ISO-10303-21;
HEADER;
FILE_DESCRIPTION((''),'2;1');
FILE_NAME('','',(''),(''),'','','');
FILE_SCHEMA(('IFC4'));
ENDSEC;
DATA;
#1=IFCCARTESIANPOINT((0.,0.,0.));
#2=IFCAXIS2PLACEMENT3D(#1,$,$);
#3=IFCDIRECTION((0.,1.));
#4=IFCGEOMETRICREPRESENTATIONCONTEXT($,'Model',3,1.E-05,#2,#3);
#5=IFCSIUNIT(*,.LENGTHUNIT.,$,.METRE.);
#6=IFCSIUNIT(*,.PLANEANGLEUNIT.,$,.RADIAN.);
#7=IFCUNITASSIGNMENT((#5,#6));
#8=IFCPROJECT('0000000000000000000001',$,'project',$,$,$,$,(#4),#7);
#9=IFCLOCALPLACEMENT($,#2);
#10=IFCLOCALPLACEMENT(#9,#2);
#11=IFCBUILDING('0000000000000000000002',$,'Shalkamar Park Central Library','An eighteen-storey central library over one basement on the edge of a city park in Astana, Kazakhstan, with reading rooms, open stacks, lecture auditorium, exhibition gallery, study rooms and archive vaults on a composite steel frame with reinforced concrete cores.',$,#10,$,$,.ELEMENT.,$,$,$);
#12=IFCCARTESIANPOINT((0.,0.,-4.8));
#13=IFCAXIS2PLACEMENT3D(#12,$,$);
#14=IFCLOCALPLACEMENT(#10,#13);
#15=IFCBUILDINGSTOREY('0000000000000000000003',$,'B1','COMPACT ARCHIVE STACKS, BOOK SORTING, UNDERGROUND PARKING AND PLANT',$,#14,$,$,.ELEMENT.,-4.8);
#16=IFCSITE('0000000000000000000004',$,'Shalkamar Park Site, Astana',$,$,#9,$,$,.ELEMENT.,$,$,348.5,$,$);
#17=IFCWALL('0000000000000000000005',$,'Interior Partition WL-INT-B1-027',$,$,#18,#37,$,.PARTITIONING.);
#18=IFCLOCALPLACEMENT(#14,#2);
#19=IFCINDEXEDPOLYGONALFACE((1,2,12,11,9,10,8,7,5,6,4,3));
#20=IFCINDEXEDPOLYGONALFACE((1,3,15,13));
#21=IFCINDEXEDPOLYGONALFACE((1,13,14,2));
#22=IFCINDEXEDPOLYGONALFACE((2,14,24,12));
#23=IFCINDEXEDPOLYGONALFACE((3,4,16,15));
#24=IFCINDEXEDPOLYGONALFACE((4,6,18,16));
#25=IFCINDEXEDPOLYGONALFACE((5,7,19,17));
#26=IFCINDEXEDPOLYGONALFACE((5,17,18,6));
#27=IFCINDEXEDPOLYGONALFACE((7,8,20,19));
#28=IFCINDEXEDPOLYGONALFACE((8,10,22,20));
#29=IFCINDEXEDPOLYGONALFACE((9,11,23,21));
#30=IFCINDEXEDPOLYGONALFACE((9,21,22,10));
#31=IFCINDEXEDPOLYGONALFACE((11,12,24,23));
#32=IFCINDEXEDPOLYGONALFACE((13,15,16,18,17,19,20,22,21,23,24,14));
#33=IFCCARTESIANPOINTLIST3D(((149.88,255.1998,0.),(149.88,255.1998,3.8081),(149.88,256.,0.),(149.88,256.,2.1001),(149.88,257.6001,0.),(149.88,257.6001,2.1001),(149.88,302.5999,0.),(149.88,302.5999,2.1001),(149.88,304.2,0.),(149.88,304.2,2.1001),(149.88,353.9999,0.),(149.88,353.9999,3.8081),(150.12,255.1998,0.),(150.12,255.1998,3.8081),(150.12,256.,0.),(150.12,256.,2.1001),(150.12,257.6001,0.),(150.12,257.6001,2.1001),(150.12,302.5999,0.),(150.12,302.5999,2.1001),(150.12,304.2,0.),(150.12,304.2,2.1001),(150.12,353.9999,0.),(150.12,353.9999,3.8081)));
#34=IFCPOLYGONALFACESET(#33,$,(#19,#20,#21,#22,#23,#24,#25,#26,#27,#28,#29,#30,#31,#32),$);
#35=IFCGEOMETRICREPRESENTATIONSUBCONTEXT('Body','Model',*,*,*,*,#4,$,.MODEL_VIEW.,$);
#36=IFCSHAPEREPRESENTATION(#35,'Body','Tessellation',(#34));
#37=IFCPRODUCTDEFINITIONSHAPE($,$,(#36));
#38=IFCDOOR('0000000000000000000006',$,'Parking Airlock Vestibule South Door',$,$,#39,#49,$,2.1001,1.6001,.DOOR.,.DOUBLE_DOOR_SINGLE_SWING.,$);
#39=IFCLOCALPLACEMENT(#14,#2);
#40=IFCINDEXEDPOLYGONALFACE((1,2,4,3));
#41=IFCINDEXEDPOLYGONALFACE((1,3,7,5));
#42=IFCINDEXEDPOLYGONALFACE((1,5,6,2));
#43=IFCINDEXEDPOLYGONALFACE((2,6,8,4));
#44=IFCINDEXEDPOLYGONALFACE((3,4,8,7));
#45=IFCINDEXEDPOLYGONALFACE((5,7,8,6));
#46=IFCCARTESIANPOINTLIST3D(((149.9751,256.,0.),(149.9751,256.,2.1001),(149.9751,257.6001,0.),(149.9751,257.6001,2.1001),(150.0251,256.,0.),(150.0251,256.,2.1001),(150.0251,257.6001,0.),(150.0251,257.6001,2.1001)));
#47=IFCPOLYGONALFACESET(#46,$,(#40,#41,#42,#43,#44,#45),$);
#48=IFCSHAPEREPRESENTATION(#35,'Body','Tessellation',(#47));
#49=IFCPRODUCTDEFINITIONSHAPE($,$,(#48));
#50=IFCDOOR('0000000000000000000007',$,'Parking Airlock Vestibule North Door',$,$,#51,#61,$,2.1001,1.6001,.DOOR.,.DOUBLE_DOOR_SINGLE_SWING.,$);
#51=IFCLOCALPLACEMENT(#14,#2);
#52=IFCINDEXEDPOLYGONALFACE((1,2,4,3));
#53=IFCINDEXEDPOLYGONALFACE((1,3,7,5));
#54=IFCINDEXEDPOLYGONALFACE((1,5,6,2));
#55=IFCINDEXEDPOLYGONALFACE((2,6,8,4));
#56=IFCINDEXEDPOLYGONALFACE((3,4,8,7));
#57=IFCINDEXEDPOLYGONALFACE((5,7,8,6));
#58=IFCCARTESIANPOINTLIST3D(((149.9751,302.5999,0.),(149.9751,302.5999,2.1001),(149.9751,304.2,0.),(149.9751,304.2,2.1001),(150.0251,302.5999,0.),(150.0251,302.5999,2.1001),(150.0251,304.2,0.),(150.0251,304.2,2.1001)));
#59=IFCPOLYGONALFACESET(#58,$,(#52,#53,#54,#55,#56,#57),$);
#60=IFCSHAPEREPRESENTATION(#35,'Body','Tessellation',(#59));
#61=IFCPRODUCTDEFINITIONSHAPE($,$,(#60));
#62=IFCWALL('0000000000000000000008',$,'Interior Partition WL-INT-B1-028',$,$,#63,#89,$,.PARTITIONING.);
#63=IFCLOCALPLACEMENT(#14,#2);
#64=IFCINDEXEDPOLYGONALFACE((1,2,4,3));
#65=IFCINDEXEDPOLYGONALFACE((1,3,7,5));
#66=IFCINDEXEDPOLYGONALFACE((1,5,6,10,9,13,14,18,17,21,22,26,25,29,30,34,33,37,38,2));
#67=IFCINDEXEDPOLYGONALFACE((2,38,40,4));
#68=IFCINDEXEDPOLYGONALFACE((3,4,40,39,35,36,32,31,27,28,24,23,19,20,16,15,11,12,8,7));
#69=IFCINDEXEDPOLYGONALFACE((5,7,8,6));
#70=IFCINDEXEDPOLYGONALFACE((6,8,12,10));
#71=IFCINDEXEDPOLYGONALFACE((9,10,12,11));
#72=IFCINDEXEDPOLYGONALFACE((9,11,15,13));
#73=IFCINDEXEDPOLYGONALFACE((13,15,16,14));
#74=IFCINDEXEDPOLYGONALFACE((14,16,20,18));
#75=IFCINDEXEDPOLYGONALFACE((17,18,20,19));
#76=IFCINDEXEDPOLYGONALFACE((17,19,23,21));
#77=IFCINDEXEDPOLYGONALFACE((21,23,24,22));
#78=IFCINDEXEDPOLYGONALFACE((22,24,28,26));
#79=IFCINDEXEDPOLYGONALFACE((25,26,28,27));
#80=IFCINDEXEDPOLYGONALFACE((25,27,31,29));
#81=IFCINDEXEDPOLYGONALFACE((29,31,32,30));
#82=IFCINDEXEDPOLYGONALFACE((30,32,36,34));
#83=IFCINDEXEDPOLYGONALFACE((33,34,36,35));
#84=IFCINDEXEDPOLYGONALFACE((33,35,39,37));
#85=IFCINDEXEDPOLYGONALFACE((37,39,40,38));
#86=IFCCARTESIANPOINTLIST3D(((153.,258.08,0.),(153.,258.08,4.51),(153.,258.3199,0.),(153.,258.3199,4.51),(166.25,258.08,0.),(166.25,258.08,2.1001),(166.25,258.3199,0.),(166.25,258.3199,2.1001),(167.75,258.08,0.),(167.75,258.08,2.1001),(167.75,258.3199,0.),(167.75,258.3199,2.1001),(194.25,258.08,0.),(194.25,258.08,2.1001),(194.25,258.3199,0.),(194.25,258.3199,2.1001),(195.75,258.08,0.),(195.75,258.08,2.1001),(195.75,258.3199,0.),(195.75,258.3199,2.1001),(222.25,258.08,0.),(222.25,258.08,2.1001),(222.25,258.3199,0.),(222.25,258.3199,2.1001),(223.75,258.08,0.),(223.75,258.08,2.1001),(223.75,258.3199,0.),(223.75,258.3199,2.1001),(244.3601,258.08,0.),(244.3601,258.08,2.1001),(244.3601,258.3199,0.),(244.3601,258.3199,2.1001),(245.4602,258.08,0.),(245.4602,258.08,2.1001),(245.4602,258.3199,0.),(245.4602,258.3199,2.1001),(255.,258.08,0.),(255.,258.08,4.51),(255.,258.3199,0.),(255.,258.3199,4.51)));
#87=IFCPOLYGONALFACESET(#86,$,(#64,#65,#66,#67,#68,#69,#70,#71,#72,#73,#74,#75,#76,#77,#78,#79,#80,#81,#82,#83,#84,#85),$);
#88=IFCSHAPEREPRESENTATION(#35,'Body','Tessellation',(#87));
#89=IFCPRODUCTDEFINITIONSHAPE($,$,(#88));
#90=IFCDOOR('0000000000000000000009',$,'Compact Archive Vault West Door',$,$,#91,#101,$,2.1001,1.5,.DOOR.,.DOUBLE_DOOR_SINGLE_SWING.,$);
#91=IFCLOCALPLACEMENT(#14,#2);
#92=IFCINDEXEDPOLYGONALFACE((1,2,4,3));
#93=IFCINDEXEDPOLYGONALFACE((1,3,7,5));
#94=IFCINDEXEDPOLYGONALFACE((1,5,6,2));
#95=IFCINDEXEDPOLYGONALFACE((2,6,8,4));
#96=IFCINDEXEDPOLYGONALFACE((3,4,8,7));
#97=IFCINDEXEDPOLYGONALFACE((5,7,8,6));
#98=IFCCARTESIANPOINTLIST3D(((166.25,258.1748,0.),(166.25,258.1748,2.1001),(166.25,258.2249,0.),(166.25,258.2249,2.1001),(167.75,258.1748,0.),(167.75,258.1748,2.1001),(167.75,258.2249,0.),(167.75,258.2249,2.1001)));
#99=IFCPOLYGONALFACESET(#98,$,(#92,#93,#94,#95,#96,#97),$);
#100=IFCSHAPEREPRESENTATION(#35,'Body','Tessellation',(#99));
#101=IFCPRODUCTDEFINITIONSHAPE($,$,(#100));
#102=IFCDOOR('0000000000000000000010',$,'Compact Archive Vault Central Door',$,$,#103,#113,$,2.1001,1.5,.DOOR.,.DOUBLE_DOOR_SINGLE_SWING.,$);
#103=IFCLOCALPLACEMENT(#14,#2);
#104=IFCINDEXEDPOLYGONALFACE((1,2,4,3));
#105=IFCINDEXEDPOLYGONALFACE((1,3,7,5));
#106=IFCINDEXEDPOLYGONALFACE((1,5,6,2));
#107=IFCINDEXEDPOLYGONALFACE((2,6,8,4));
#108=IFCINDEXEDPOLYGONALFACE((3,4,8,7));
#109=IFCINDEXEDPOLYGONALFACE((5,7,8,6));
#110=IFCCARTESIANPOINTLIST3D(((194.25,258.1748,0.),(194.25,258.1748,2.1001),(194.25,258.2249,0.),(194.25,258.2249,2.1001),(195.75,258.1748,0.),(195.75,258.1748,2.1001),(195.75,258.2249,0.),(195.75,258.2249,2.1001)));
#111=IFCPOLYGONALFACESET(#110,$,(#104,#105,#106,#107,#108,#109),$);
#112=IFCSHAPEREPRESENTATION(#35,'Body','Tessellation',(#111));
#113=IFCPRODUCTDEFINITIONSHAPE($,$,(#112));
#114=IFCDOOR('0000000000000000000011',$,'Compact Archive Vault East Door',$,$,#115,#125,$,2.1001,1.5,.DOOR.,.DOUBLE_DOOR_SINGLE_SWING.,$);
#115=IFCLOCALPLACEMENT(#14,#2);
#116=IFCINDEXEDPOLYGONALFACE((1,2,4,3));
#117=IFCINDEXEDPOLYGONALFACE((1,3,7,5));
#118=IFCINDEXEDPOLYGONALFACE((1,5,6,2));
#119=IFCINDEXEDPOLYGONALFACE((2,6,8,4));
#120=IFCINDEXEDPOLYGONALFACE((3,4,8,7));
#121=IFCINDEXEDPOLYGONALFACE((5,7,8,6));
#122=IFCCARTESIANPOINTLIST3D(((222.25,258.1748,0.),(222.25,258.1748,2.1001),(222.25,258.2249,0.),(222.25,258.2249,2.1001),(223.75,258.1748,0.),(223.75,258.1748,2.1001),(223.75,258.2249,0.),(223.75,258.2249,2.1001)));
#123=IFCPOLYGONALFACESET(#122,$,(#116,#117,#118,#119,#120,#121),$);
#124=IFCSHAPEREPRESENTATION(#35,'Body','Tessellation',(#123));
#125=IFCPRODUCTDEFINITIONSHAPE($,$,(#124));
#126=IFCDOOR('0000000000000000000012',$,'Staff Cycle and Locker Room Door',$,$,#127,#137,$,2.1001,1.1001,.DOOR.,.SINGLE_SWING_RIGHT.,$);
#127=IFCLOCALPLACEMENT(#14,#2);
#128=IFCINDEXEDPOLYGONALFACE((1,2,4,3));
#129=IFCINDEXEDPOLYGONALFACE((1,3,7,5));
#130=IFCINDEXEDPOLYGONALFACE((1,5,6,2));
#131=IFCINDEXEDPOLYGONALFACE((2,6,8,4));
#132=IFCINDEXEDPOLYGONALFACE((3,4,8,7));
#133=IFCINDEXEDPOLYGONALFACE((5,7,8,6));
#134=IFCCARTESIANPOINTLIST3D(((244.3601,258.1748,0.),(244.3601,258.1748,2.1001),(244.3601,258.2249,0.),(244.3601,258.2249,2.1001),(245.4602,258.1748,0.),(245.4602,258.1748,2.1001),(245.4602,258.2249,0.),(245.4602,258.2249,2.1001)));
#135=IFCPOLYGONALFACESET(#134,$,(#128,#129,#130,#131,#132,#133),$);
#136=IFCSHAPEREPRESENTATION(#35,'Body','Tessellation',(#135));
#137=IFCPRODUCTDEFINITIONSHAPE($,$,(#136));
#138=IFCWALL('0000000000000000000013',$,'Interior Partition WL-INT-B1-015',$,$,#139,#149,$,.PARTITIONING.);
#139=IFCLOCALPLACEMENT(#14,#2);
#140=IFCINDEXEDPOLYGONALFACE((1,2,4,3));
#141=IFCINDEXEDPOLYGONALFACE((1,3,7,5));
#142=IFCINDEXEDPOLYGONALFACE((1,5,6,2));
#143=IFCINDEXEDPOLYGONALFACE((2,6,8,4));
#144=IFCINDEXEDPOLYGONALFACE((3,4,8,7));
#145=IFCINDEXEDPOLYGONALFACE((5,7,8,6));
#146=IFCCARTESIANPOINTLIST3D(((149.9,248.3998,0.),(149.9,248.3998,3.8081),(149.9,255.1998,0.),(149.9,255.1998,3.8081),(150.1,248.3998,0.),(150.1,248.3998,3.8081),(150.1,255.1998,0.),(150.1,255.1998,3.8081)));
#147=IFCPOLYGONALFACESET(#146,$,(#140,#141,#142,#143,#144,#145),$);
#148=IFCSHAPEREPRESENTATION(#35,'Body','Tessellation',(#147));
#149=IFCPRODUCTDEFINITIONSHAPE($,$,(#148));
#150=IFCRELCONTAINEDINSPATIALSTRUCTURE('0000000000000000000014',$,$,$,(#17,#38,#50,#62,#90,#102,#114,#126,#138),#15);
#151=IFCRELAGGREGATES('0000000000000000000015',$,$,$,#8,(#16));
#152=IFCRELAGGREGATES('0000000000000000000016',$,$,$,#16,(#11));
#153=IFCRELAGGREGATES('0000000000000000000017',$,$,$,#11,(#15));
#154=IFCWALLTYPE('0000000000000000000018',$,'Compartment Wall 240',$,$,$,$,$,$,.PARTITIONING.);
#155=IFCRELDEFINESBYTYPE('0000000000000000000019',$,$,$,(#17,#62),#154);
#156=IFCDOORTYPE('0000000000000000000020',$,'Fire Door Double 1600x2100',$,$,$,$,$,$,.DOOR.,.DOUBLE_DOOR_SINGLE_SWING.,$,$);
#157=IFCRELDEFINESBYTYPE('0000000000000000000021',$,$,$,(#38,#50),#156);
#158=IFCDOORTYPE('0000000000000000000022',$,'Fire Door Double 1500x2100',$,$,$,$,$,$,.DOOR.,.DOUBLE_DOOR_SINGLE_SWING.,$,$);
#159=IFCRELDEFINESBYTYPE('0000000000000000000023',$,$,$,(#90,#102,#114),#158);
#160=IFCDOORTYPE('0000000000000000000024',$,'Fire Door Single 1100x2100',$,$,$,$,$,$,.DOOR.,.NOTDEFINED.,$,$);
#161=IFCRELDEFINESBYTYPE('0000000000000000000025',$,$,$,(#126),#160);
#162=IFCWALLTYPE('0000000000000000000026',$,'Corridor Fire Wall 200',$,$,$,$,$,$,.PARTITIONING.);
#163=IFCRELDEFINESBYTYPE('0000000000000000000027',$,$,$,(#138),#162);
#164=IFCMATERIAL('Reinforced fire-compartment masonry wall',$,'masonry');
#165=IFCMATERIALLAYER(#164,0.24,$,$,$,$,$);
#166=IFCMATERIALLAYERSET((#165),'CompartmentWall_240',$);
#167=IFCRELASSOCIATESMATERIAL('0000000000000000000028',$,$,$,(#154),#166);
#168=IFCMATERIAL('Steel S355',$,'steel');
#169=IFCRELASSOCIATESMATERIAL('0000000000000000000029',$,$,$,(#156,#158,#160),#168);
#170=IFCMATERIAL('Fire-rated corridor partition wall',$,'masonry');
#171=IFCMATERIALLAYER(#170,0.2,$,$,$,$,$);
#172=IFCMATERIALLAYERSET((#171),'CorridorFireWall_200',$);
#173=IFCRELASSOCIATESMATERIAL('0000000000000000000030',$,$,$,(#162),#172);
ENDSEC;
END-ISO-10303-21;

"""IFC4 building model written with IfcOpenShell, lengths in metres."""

from ifc_helpers import new_model, si_unit, direction, frame, frame_2d, origin, place, context, subcontext, project, spatial, rectangle, extrude, material, layer, layer_set, type_object, element, fill, save


model = new_model("IFC4")

# Units and contexts
model_context = context("Model", 3, precision=1e-05, world=origin(), true_north=direction((0.0, 1.0)))
body_context = subcontext(model_context, "Body", "Model", "MODEL_VIEW")
ifc_project = project(units=[si_unit("LENGTHUNIT", "METRE"), si_unit("PLANEANGLEUNIT", "RADIAN")], contexts=[model_context])

# Site, building, storey
site_placement = place(None, origin())
site = spatial("IfcSite", under=ifc_project, at=site_placement, Name="Shalkamar Park Site, Astana", CompositionType="ELEMENT", RefElevation=348.5)
building_placement = place(site_placement, origin())
building = spatial("IfcBuilding", under=site, at=building_placement, Name="Shalkamar Park Central Library", Description="An eighteen-storey central library over one basement on the edge of a city park in Astana, Kazakhstan, with reading rooms, open stacks, lecture auditorium, exhibition gallery, study rooms and archive vaults on a composite steel frame with reinforced concrete cores.", CompositionType="ELEMENT")
storey_placement = place(building_placement, frame((0.0, 0.0, -4.8)))
storey = spatial("IfcBuildingStorey", under=building, at=storey_placement, Name="B1", Description="COMPACT ARCHIVE STACKS, BOOK SORTING, UNDERGROUND PARKING AND PLANT", CompositionType="ELEMENT", Elevation=-4.8)

# Shared definitions
ifc_material_1 = material(Name="Steel S355", Category="steel")

# Walls, openings, doors
ifc_material_2 = material(Name="Reinforced fire-compartment masonry wall", Category="masonry")
ifc_layer_1 = layer(ifc_material_2, 0.24)
ifc_layer_set_1 = layer_set([ifc_layer_1], Name="CompartmentWall_240")
wall_type_1 = type_object("IfcWallType", Name="Compartment Wall 240", PredefinedType="PARTITIONING", material=ifc_layer_set_1)
wall_1_placement = place(storey_placement, frame((150.0, 255.2, 0.0), z_axis=(0.0, 0.0, 1.0), x_axis=(0.0, 1.0, 0.0)))
wall_1 = element("IfcWall", 1, at=wall_1_placement, inside=storey, type_object=wall_type_1, Name="Interior Partition WL-INT-B1-027", PredefinedType="PARTITIONING", context=body_context, shape_type="SweptSolid", body=[
    extrude(rectangle(XDim=98.8, YDim=0.24, at=frame_2d((49.3999, 0.0))), origin(), (0.0, 0.0, 1.0), 3.8081),
])
opening_1_placement = place(wall_1_placement, frame((0.8, 0.0, 0.0)))
opening_1 = element("IfcOpeningElement", 2, at=opening_1_placement, cuts=wall_1, PredefinedType="OPENING", context=body_context, shape_type="SweptSolid", body=[
    extrude(rectangle(XDim=1.6001, YDim=2.1001, at=frame_2d((0.8, 1.05))), frame((0.0, 0.1348, 0.0), z_axis=(0.0, -1.0, 0.0), x_axis=(1.0, 0.0, 0.0)), (0.0, 0.0, 1.0), 0.2698),
])
opening_2_placement = place(wall_1_placement, frame((47.3999, 0.0, 0.0)))
opening_2 = element("IfcOpeningElement", 3, at=opening_2_placement, cuts=wall_1, PredefinedType="OPENING", context=body_context, shape_type="SweptSolid", body=[
    extrude(rectangle(XDim=1.6001, YDim=2.1001, at=frame_2d((0.8, 1.05))), frame((0.0, 0.1348, 0.0), z_axis=(0.0, -1.0, 0.0), x_axis=(1.0, 0.0, 0.0)), (0.0, 0.0, 1.0), 0.2698),
])
door_type_1 = type_object("IfcDoorType", Name="Fire Door Double 1600x2100", OperationType="DOUBLE_DOOR_SINGLE_SWING", PredefinedType="DOOR", material=ifc_material_1)
door_1_placement = place(opening_1_placement, origin())
door_1 = element("IfcDoor", 4, at=door_1_placement, inside=storey, type_object=door_type_1, Name="Parking Airlock Vestibule South Door", OperationType="DOUBLE_DOOR_SINGLE_SWING", OverallHeight=2.1001, OverallWidth=1.6001, PredefinedType="DOOR", context=body_context, shape_type="SweptSolid", body=[
    extrude(rectangle(XDim=1.6001, YDim=2.1001, at=frame_2d((0.8, 1.05))), frame((0.0, 0.0249, 0.0), z_axis=(0.0, -1.0, 0.0), x_axis=(1.0, 0.0, 0.0)), (0.0, 0.0, 1.0), 0.05),
])
fill(opening_1, door_1)
door_2_placement = place(opening_2_placement, origin())
door_2 = element("IfcDoor", 5, at=door_2_placement, inside=storey, type_object=door_type_1, Name="Parking Airlock Vestibule North Door", OperationType="DOUBLE_DOOR_SINGLE_SWING", OverallHeight=2.1001, OverallWidth=1.6001, PredefinedType="DOOR", context=body_context, shape_type="SweptSolid", body=[
    extrude(rectangle(XDim=1.6001, YDim=2.1001, at=frame_2d((0.8, 1.05))), frame((0.0, 0.0249, 0.0), z_axis=(0.0, -1.0, 0.0), x_axis=(1.0, 0.0, 0.0)), (0.0, 0.0, 1.0), 0.05),
])
fill(opening_2, door_2)
wall_2_placement = place(storey_placement, frame((153.0, 258.2, 0.0), z_axis=(0.0, 0.0, 1.0), x_axis=(1.0, 0.0, 0.0)))
wall_2 = element("IfcWall", 6, at=wall_2_placement, inside=storey, type_object=wall_type_1, Name="Interior Partition WL-INT-B1-028", PredefinedType="PARTITIONING", context=body_context, shape_type="SweptSolid", body=[
    extrude(rectangle(XDim=102.0, YDim=0.24, at=frame_2d((51.0, 0.0))), origin(), (0.0, 0.0, 1.0), 4.51),
])
opening_3_placement = place(wall_2_placement, frame((13.25, 0.0, 0.0)))
opening_3 = element("IfcOpeningElement", 7, at=opening_3_placement, cuts=wall_2, PredefinedType="OPENING", context=body_context, shape_type="SweptSolid", body=[
    extrude(rectangle(XDim=1.5, YDim=2.1001, at=frame_2d((0.75, 1.05))), frame((0.0, 0.1348, 0.0), z_axis=(0.0, -1.0, 0.0), x_axis=(1.0, 0.0, 0.0)), (0.0, 0.0, 1.0), 0.2698),
])
opening_4_placement = place(wall_2_placement, frame((41.25, 0.0, 0.0)))
opening_4 = element("IfcOpeningElement", 8, at=opening_4_placement, cuts=wall_2, PredefinedType="OPENING", context=body_context, shape_type="SweptSolid", body=[
    extrude(rectangle(XDim=1.5, YDim=2.1001, at=frame_2d((0.75, 1.05))), frame((0.0, 0.1348, 0.0), z_axis=(0.0, -1.0, 0.0), x_axis=(1.0, 0.0, 0.0)), (0.0, 0.0, 1.0), 0.2698),
])
opening_5_placement = place(wall_2_placement, frame((69.25, 0.0, 0.0)))
opening_5 = element("IfcOpeningElement", 9, at=opening_5_placement, cuts=wall_2, PredefinedType="OPENING", context=body_context, shape_type="SweptSolid", body=[
    extrude(rectangle(XDim=1.5, YDim=2.1001, at=frame_2d((0.75, 1.05))), frame((0.0, 0.1348, 0.0), z_axis=(0.0, -1.0, 0.0), x_axis=(1.0, 0.0, 0.0)), (0.0, 0.0, 1.0), 0.2698),
])
opening_6_placement = place(wall_2_placement, frame((91.3601, 0.0, 0.0)))
opening_6 = element("IfcOpeningElement", 10, at=opening_6_placement, cuts=wall_2, PredefinedType="OPENING", context=body_context, shape_type="SweptSolid", body=[
    extrude(rectangle(XDim=1.1001, YDim=2.1001, at=frame_2d((0.55, 1.05))), frame((0.0, 0.1348, 0.0), z_axis=(0.0, -1.0, 0.0), x_axis=(1.0, 0.0, 0.0)), (0.0, 0.0, 1.0), 0.2698),
])
door_type_2 = type_object("IfcDoorType", Name="Fire Door Double 1500x2100", OperationType="DOUBLE_DOOR_SINGLE_SWING", PredefinedType="DOOR", material=ifc_material_1)
door_3_placement = place(opening_3_placement, origin())
door_3 = element("IfcDoor", 11, at=door_3_placement, inside=storey, type_object=door_type_2, Name="Compact Archive Vault West Door", OperationType="DOUBLE_DOOR_SINGLE_SWING", OverallHeight=2.1001, OverallWidth=1.5, PredefinedType="DOOR", context=body_context, shape_type="SweptSolid", body=[
    extrude(rectangle(XDim=1.5, YDim=2.1001, at=frame_2d((0.75, 1.05))), frame((0.0, 0.0249, 0.0), z_axis=(0.0, -1.0, 0.0), x_axis=(1.0, 0.0, 0.0)), (0.0, 0.0, 1.0), 0.05),
])
fill(opening_3, door_3)
door_4_placement = place(opening_4_placement, origin())
door_4 = element("IfcDoor", 12, at=door_4_placement, inside=storey, type_object=door_type_2, Name="Compact Archive Vault Central Door", OperationType="DOUBLE_DOOR_SINGLE_SWING", OverallHeight=2.1001, OverallWidth=1.5, PredefinedType="DOOR", context=body_context, shape_type="SweptSolid", body=[
    extrude(rectangle(XDim=1.5, YDim=2.1001, at=frame_2d((0.75, 1.05))), frame((0.0, 0.0249, 0.0), z_axis=(0.0, -1.0, 0.0), x_axis=(1.0, 0.0, 0.0)), (0.0, 0.0, 1.0), 0.05),
])
fill(opening_4, door_4)
door_5_placement = place(opening_5_placement, origin())
door_5 = element("IfcDoor", 13, at=door_5_placement, inside=storey, type_object=door_type_2, Name="Compact Archive Vault East Door", OperationType="DOUBLE_DOOR_SINGLE_SWING", OverallHeight=2.1001, OverallWidth=1.5, PredefinedType="DOOR", context=body_context, shape_type="SweptSolid", body=[
    extrude(rectangle(XDim=1.5, YDim=2.1001, at=frame_2d((0.75, 1.05))), frame((0.0, 0.0249, 0.0), z_axis=(0.0, -1.0, 0.0), x_axis=(1.0, 0.0, 0.0)), (0.0, 0.0, 1.0), 0.05),
])
fill(opening_5, door_5)
door_type_3 = type_object("IfcDoorType", Name="Fire Door Single 1100x2100", OperationType="NOTDEFINED", PredefinedType="DOOR", material=ifc_material_1)
door_6_placement = place(opening_6_placement, origin())
door_6 = element("IfcDoor", 14, at=door_6_placement, inside=storey, type_object=door_type_3, Name="Staff Cycle and Locker Room Door", OperationType="SINGLE_SWING_RIGHT", OverallHeight=2.1001, OverallWidth=1.1001, PredefinedType="DOOR", context=body_context, shape_type="SweptSolid", body=[
    extrude(rectangle(XDim=1.1001, YDim=2.1001, at=frame_2d((0.55, 1.05))), frame((0.0, 0.0249, 0.0), z_axis=(0.0, -1.0, 0.0), x_axis=(1.0, 0.0, 0.0)), (0.0, 0.0, 1.0), 0.05),
])
fill(opening_6, door_6)

# Wall
ifc_material_3 = material(Name="Fire-rated corridor partition wall", Category="masonry")
ifc_layer_2 = layer(ifc_material_3, 0.2)
ifc_layer_set_2 = layer_set([ifc_layer_2], Name="CorridorFireWall_200")
wall_type_2 = type_object("IfcWallType", Name="Corridor Fire Wall 200", PredefinedType="PARTITIONING", material=ifc_layer_set_2)
wall_3_placement = place(storey_placement, frame((150.0, 248.3999, 0.0), z_axis=(0.0, 0.0, 1.0), x_axis=(0.0, 1.0, 0.0)))
element("IfcWall", 15, at=wall_3_placement, inside=storey, type_object=wall_type_2, Name="Interior Partition WL-INT-B1-015", PredefinedType="PARTITIONING", context=body_context, shape_type="SweptSolid", body=[
    extrude(rectangle(XDim=6.8, YDim=0.2, at=frame_2d((3.3999, 0.0))), origin(), (0.0, 0.0, 1.0), 3.8081),
])

save(model, "model.ifc")
